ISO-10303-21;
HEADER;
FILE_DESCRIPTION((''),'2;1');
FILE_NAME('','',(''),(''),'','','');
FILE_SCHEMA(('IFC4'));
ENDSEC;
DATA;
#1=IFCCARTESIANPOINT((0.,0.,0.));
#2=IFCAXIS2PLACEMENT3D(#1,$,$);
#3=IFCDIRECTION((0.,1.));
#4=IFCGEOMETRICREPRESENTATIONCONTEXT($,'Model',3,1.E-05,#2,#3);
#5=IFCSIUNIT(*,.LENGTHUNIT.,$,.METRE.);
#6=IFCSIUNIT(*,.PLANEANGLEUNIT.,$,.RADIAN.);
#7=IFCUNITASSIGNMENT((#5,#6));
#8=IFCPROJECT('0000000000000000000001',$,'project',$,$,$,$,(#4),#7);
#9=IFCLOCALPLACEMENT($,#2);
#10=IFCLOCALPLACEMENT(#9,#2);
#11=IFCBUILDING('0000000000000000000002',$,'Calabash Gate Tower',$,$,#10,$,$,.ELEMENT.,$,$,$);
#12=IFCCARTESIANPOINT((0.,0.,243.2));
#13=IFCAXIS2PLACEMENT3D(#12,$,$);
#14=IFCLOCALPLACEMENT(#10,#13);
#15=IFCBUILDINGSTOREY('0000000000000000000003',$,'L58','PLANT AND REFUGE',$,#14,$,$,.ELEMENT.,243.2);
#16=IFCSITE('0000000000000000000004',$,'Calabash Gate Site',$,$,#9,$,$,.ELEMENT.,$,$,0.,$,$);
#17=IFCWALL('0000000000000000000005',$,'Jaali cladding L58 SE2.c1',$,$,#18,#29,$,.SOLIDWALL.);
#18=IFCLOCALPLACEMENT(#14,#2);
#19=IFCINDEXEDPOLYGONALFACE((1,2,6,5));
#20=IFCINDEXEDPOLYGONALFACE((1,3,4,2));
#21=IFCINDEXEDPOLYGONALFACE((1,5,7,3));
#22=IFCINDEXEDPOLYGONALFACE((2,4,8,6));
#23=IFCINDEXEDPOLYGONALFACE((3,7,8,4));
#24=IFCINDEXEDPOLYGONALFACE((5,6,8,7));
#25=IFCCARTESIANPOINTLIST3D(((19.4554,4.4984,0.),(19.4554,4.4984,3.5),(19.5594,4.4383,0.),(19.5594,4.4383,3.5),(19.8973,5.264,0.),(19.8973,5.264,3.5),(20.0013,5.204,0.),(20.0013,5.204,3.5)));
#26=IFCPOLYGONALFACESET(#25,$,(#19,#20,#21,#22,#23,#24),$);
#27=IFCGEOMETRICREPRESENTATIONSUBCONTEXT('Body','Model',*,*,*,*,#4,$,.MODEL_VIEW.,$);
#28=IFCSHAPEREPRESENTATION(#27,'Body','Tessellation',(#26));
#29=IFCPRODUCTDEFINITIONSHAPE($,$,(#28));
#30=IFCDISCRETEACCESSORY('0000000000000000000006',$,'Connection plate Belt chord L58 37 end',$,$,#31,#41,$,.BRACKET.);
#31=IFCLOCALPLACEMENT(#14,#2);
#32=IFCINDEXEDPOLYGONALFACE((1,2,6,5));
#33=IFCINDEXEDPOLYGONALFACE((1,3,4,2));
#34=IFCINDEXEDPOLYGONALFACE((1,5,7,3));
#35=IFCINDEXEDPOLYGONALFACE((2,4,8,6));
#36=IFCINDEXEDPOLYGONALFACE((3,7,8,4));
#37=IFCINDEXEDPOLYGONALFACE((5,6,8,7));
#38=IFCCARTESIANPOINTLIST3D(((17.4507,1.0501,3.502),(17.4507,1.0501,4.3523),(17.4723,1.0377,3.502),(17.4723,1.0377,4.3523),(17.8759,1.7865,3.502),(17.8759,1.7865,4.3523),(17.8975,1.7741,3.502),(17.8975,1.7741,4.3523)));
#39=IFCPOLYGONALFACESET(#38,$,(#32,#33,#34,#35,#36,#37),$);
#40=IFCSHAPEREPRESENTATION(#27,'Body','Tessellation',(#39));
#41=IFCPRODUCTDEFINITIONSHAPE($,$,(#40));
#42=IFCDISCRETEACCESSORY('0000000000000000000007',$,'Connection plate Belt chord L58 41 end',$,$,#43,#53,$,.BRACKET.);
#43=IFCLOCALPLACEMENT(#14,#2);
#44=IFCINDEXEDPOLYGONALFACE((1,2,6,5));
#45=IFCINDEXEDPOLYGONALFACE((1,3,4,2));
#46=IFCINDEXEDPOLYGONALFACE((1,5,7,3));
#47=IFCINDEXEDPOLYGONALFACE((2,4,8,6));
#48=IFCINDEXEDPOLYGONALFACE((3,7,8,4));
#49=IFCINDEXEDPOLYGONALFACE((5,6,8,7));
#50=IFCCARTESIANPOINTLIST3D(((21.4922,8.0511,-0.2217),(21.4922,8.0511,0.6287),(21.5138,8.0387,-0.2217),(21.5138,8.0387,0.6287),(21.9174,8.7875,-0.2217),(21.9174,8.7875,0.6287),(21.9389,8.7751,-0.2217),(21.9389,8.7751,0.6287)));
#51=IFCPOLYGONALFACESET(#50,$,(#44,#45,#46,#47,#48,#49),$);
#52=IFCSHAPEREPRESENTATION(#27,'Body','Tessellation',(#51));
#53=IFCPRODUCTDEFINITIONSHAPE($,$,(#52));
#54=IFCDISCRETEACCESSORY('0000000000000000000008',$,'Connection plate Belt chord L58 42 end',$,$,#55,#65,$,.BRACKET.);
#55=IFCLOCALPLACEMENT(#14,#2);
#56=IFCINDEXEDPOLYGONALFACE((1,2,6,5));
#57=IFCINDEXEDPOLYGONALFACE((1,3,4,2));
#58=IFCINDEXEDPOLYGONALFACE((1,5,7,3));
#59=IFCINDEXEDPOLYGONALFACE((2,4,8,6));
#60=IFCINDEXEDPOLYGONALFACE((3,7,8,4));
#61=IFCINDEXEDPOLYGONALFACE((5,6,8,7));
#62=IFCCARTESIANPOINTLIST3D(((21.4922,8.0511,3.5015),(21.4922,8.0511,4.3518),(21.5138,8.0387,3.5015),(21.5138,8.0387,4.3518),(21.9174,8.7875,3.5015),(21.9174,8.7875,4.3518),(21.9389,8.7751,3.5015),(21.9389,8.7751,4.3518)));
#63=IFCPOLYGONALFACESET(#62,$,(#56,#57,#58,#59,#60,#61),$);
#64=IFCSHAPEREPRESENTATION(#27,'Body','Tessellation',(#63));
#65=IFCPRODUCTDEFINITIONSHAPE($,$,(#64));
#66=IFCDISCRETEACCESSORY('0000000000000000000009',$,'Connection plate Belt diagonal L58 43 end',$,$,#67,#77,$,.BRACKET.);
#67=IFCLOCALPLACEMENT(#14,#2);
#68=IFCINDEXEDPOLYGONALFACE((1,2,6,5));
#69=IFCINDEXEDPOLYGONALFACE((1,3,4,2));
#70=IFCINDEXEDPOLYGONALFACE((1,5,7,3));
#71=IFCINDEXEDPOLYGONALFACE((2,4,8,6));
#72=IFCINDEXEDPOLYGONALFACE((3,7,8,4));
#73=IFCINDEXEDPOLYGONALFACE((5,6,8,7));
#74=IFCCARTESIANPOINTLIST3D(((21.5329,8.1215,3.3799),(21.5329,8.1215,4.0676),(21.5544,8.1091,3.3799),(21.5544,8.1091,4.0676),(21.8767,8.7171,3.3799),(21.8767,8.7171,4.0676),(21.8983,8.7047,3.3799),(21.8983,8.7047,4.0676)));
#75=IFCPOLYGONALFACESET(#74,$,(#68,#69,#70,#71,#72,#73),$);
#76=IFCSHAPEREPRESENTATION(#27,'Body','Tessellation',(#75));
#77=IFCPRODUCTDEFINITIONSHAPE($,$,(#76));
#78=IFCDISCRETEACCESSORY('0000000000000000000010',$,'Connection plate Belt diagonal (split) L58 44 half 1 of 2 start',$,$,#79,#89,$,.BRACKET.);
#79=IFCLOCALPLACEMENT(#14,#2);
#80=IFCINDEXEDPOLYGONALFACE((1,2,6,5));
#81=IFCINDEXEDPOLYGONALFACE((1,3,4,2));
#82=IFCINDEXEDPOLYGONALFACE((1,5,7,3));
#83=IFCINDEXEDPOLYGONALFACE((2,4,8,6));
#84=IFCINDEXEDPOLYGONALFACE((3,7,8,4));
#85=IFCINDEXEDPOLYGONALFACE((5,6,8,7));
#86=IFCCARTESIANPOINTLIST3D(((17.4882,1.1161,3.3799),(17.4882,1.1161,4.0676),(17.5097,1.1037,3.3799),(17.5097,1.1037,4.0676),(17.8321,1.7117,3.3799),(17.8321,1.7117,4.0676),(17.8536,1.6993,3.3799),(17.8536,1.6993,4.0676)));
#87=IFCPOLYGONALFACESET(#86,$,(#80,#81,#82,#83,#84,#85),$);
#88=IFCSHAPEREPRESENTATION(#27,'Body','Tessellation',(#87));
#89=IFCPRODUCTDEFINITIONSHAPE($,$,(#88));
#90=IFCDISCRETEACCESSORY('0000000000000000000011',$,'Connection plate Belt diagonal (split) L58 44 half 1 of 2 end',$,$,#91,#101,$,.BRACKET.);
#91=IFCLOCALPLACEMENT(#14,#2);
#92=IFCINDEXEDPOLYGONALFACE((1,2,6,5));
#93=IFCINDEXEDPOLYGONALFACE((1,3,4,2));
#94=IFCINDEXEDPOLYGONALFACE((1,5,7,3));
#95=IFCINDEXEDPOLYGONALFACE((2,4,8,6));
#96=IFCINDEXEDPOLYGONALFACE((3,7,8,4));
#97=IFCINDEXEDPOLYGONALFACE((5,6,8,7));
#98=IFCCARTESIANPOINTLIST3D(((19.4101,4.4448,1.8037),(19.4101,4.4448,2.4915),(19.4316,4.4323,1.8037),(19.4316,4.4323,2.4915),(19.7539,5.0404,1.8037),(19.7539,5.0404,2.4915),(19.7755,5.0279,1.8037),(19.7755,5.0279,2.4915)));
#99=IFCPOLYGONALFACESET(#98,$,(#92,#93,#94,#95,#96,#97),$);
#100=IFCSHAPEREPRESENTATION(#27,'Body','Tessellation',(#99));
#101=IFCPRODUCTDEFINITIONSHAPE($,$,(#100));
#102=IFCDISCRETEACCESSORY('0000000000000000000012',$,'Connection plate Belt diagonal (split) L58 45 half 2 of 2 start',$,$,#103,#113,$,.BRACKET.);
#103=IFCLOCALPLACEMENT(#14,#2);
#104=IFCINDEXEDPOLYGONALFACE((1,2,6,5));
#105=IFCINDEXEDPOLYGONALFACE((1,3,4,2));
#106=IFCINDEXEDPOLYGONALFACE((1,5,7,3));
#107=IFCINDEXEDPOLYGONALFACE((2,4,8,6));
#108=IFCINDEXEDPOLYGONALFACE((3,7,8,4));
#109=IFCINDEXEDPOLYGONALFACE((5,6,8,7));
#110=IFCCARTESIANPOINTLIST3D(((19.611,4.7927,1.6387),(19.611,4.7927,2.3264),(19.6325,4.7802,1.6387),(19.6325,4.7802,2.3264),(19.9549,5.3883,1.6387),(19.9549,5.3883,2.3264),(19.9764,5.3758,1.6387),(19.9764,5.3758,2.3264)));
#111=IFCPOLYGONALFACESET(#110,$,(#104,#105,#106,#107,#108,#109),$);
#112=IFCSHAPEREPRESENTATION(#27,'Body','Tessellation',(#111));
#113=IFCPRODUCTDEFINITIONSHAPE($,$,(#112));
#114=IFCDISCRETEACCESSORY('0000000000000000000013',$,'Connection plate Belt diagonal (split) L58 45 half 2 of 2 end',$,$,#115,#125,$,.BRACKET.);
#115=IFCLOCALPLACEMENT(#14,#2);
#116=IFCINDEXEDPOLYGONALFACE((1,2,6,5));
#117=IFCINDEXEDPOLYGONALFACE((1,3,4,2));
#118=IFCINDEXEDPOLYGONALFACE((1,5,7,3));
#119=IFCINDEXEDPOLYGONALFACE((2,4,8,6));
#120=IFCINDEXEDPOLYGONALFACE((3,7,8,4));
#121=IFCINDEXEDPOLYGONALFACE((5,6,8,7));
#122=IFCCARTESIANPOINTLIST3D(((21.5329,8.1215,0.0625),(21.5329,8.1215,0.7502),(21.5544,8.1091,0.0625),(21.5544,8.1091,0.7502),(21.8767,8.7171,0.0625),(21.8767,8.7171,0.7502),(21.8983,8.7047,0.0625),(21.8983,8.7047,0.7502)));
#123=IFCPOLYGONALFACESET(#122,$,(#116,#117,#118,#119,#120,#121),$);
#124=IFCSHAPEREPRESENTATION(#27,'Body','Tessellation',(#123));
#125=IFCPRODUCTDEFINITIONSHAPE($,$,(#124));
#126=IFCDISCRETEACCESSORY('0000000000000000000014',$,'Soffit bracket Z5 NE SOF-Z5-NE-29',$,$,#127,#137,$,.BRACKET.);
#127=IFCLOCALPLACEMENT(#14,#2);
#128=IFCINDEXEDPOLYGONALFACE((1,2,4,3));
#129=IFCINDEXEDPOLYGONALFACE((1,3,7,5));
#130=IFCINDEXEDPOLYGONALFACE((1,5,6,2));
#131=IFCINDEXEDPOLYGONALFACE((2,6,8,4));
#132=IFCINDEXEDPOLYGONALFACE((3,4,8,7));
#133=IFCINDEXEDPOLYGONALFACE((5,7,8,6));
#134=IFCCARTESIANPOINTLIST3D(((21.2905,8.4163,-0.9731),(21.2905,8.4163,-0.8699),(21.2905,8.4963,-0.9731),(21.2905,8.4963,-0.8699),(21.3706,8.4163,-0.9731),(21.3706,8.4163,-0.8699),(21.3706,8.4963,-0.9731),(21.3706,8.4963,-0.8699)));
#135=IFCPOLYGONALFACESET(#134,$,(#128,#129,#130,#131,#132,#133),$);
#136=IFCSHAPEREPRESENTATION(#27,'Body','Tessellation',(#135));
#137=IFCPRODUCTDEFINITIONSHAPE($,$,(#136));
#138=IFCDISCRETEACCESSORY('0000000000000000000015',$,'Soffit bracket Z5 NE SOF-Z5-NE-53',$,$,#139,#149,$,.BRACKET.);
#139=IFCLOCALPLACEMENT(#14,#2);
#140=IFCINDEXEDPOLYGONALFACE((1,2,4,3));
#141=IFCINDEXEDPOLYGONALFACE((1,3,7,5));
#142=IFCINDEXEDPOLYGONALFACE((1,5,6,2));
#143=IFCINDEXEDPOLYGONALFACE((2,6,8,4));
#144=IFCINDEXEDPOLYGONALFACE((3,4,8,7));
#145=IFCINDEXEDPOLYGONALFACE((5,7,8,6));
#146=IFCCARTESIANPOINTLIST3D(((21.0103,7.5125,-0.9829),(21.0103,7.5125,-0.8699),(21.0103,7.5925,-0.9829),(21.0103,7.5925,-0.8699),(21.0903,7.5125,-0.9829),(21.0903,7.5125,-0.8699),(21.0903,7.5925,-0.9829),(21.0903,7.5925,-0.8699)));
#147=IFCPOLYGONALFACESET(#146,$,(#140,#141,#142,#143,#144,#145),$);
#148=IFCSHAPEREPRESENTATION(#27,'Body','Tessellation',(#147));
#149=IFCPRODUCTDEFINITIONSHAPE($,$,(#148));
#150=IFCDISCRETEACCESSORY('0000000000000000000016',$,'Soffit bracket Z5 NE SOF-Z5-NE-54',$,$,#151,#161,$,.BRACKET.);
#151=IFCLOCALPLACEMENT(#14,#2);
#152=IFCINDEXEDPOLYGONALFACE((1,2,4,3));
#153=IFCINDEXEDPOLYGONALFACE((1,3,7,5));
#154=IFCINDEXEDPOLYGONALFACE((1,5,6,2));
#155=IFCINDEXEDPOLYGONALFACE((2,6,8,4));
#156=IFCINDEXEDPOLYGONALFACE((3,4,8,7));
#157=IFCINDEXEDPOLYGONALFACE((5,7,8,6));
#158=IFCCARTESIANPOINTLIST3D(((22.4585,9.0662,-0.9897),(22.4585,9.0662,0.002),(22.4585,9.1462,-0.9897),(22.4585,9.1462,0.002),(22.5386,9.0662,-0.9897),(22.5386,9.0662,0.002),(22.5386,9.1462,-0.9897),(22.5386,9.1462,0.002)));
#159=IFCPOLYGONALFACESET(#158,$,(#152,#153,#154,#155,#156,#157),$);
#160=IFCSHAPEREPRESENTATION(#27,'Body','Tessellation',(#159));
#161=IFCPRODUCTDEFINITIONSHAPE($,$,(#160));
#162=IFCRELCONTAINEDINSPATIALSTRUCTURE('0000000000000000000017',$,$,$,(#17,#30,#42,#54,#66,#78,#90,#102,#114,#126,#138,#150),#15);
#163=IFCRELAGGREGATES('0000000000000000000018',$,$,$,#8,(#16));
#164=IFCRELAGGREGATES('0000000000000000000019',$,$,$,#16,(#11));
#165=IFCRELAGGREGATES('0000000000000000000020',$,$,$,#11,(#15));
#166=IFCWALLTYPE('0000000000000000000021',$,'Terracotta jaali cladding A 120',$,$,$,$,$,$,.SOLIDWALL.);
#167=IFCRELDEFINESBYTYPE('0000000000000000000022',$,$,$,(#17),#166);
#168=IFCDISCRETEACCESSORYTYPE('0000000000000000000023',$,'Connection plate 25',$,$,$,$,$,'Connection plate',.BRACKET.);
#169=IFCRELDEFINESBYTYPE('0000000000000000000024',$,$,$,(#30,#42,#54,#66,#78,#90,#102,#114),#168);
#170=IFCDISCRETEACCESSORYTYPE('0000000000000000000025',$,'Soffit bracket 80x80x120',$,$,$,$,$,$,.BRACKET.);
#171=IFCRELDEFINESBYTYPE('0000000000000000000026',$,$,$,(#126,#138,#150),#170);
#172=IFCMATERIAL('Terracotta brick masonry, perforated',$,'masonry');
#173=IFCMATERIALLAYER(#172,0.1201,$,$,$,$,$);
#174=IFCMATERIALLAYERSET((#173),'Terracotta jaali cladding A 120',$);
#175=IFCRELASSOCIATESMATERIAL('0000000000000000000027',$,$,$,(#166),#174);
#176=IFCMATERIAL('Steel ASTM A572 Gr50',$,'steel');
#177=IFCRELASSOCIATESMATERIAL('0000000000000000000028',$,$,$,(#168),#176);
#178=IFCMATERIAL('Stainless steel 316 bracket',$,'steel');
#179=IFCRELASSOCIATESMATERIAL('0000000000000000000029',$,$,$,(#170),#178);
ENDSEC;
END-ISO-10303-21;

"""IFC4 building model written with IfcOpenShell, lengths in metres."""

from ifc_helpers import new_model, si_unit, direction, frame, frame_2d, origin, origin_2d, place, context, subcontext, project, spatial, rectangle, extrude, material, layer, layer_set, type_object, element, save


model = new_model("IFC4")

# Units and contexts
model_context = context("Model", 3, precision=1e-05, world=origin(), true_north=direction((0.0, 1.0)))
body_context = subcontext(model_context, "Body", "Model", "MODEL_VIEW")
ifc_project = project(units=[si_unit("LENGTHUNIT", "METRE"), si_unit("PLANEANGLEUNIT", "RADIAN")], contexts=[model_context])

# Site, building, storey
site_placement = place(None, origin())
site = spatial("IfcSite", under=ifc_project, at=site_placement, Name="Calabash Gate Site", CompositionType="ELEMENT", RefElevation=0.0)
building_placement = place(site_placement, origin())
building = spatial("IfcBuilding", under=site, at=building_placement, Name="Calabash Gate Tower", CompositionType="ELEMENT")
storey_placement = place(building_placement, frame((0.0, 0.0, 243.2)))
storey = spatial("IfcBuildingStorey", under=building, at=storey_placement, Name="L58", Description="PLANT AND REFUGE", CompositionType="ELEMENT", Elevation=243.2)

# Wall
ifc_material_1 = material(Name="Terracotta brick masonry, perforated", Category="masonry")
ifc_layer_1 = layer(ifc_material_1, 0.1201)
ifc_layer_set_1 = layer_set([ifc_layer_1], Name="Terracotta jaali cladding A 120")
wall_type = type_object("IfcWallType", Name="Terracotta jaali cladding A 120", PredefinedType="SOLIDWALL", material=ifc_layer_set_1)
wall_placement = place(storey_placement, frame((19.9492, 5.2339, 0.0), z_axis=(0.0, 0.0, 1.0), x_axis=(-0.499882, -0.866094, 0.0)))
element("IfcWall", 1, at=wall_placement, inside=storey, type_object=wall_type, Name="Jaali cladding L58 SE2.c1", PredefinedType="SOLIDWALL", context=body_context, shape_type="SweptSolid", body=[
    extrude(rectangle(XDim=0.884, YDim=0.1201, at=frame_2d((0.4419, 0.0))), origin(), (0.0, 0.0, 1.0), 3.5),
])

# Discrete accessories
ifc_material_2 = material(Name="Steel ASTM A572 Gr50", Category="steel")
discrete_accessory_type_1 = type_object("IfcDiscreteAccessoryType", Name="Connection plate 25", ElementType="Connection plate", PredefinedType="BRACKET", material=ifc_material_2)
for number, where, z_axis, x_axis, name in (
    (2, (17.6741, 1.4121, 3.502), (0.0, 0.0, 1.0), (0.500038, 0.866003, 0.0), "Connection plate Belt chord L58 37 end"),
    (3, (21.7156, 8.4131, -0.2217), (0.0, 0.0, 1.0), (0.5, 0.866025, 0.0), "Connection plate Belt chord L58 41 end"),
    (4, (21.7156, 8.4131, 3.5015), (0.0, 0.0, 1.0), (0.5, 0.866025, 0.0), "Connection plate Belt chord L58 42 end"),
):
    element("IfcDiscreteAccessory", number, at=place(storey_placement, frame(where, z_axis=z_axis, x_axis=x_axis)), inside=storey, type_object=discrete_accessory_type_1, Name=name, PredefinedType="BRACKET", context=body_context, shape_type="SweptSolid", body=[
        extrude(rectangle(XDim=0.8503, YDim=0.0249, at=origin_2d()), origin(), (0.0, 0.0, 1.0), 0.8503),
    ])
for number, where, z_axis, x_axis, name in (
    (5, (21.7156, 8.4131, 3.3799), (0.0, 0.0, 1.0), (0.5, 0.866025, 0.0), "Connection plate Belt diagonal L58 43 end"),
    (6, (17.6709, 1.4077, 3.3799), (0.0, 0.0, 1.0), (0.5, 0.866025, 0.0), "Connection plate Belt diagonal (split) L58 44 half 1 of 2 start"),
    (7, (19.5928, 4.7363, 1.8037), (0.0, 0.0, 1.0), (0.5, 0.866025, 0.0), "Connection plate Belt diagonal (split) L58 44 half 1 of 2 end"),
    (8, (19.7937, 5.0842, 1.6387), (0.0, 0.0, 1.0), (0.5, 0.866025, 0.0), "Connection plate Belt diagonal (split) L58 45 half 2 of 2 start"),
    (9, (21.7156, 8.4131, 0.0625), (0.0, 0.0, 1.0), (0.5, 0.866025, 0.0), "Connection plate Belt diagonal (split) L58 45 half 2 of 2 end"),
):
    element("IfcDiscreteAccessory", number, at=place(storey_placement, frame(where, z_axis=z_axis, x_axis=x_axis)), inside=storey, type_object=discrete_accessory_type_1, Name=name, PredefinedType="BRACKET", context=body_context, shape_type="SweptSolid", body=[
        extrude(rectangle(XDim=0.6877, YDim=0.0249, at=origin_2d()), origin(), (0.0, 0.0, 1.0), 0.6877),
    ])
ifc_material_3 = material(Name="Stainless steel 316 bracket", Category="steel")
discrete_accessory_type_2 = type_object("IfcDiscreteAccessoryType", Name="Soffit bracket 80x80x120", PredefinedType="BRACKET", material=ifc_material_3)
discrete_accessory_1_placement = place(storey_placement, frame((21.3306, 8.4563, -0.9731), z_axis=(0.0, 0.0, 1.0), x_axis=(1.0, 0.0, 0.0)))
element("IfcDiscreteAccessory", 10, at=discrete_accessory_1_placement, inside=storey, type_object=discrete_accessory_type_2, Name="Soffit bracket Z5 NE SOF-Z5-NE-29", PredefinedType="BRACKET", context=body_context, shape_type="SweptSolid", body=[
    extrude(rectangle(XDim=0.0801, YDim=0.0801, at=origin_2d()), origin(), (0.0, 0.0, 1.0), 0.1033),
])
discrete_accessory_2_placement = place(storey_placement, frame((21.0503, 7.5525, -0.9829), z_axis=(0.0, 0.0, 1.0), x_axis=(1.0, 0.0, 0.0)))
element("IfcDiscreteAccessory", 11, at=discrete_accessory_2_placement, inside=storey, type_object=discrete_accessory_type_2, Name="Soffit bracket Z5 NE SOF-Z5-NE-53", PredefinedType="BRACKET", context=body_context, shape_type="SweptSolid", body=[
    extrude(rectangle(XDim=0.0801, YDim=0.0801, at=origin_2d()), origin(), (0.0, 0.0, 1.0), 0.113),
])
discrete_accessory_3_placement = place(storey_placement, frame((22.4985, 9.1062, -0.9897), z_axis=(0.0, 0.0, 1.0), x_axis=(1.0, 0.0, 0.0)))
element("IfcDiscreteAccessory", 12, at=discrete_accessory_3_placement, inside=storey, type_object=discrete_accessory_type_2, Name="Soffit bracket Z5 NE SOF-Z5-NE-54", PredefinedType="BRACKET", context=body_context, shape_type="SweptSolid", body=[
    extrude(rectangle(XDim=0.0801, YDim=0.0801, at=origin_2d()), origin(), (0.0, 0.0, 1.0), 0.9917),
])

save(model, "model.ifc")
